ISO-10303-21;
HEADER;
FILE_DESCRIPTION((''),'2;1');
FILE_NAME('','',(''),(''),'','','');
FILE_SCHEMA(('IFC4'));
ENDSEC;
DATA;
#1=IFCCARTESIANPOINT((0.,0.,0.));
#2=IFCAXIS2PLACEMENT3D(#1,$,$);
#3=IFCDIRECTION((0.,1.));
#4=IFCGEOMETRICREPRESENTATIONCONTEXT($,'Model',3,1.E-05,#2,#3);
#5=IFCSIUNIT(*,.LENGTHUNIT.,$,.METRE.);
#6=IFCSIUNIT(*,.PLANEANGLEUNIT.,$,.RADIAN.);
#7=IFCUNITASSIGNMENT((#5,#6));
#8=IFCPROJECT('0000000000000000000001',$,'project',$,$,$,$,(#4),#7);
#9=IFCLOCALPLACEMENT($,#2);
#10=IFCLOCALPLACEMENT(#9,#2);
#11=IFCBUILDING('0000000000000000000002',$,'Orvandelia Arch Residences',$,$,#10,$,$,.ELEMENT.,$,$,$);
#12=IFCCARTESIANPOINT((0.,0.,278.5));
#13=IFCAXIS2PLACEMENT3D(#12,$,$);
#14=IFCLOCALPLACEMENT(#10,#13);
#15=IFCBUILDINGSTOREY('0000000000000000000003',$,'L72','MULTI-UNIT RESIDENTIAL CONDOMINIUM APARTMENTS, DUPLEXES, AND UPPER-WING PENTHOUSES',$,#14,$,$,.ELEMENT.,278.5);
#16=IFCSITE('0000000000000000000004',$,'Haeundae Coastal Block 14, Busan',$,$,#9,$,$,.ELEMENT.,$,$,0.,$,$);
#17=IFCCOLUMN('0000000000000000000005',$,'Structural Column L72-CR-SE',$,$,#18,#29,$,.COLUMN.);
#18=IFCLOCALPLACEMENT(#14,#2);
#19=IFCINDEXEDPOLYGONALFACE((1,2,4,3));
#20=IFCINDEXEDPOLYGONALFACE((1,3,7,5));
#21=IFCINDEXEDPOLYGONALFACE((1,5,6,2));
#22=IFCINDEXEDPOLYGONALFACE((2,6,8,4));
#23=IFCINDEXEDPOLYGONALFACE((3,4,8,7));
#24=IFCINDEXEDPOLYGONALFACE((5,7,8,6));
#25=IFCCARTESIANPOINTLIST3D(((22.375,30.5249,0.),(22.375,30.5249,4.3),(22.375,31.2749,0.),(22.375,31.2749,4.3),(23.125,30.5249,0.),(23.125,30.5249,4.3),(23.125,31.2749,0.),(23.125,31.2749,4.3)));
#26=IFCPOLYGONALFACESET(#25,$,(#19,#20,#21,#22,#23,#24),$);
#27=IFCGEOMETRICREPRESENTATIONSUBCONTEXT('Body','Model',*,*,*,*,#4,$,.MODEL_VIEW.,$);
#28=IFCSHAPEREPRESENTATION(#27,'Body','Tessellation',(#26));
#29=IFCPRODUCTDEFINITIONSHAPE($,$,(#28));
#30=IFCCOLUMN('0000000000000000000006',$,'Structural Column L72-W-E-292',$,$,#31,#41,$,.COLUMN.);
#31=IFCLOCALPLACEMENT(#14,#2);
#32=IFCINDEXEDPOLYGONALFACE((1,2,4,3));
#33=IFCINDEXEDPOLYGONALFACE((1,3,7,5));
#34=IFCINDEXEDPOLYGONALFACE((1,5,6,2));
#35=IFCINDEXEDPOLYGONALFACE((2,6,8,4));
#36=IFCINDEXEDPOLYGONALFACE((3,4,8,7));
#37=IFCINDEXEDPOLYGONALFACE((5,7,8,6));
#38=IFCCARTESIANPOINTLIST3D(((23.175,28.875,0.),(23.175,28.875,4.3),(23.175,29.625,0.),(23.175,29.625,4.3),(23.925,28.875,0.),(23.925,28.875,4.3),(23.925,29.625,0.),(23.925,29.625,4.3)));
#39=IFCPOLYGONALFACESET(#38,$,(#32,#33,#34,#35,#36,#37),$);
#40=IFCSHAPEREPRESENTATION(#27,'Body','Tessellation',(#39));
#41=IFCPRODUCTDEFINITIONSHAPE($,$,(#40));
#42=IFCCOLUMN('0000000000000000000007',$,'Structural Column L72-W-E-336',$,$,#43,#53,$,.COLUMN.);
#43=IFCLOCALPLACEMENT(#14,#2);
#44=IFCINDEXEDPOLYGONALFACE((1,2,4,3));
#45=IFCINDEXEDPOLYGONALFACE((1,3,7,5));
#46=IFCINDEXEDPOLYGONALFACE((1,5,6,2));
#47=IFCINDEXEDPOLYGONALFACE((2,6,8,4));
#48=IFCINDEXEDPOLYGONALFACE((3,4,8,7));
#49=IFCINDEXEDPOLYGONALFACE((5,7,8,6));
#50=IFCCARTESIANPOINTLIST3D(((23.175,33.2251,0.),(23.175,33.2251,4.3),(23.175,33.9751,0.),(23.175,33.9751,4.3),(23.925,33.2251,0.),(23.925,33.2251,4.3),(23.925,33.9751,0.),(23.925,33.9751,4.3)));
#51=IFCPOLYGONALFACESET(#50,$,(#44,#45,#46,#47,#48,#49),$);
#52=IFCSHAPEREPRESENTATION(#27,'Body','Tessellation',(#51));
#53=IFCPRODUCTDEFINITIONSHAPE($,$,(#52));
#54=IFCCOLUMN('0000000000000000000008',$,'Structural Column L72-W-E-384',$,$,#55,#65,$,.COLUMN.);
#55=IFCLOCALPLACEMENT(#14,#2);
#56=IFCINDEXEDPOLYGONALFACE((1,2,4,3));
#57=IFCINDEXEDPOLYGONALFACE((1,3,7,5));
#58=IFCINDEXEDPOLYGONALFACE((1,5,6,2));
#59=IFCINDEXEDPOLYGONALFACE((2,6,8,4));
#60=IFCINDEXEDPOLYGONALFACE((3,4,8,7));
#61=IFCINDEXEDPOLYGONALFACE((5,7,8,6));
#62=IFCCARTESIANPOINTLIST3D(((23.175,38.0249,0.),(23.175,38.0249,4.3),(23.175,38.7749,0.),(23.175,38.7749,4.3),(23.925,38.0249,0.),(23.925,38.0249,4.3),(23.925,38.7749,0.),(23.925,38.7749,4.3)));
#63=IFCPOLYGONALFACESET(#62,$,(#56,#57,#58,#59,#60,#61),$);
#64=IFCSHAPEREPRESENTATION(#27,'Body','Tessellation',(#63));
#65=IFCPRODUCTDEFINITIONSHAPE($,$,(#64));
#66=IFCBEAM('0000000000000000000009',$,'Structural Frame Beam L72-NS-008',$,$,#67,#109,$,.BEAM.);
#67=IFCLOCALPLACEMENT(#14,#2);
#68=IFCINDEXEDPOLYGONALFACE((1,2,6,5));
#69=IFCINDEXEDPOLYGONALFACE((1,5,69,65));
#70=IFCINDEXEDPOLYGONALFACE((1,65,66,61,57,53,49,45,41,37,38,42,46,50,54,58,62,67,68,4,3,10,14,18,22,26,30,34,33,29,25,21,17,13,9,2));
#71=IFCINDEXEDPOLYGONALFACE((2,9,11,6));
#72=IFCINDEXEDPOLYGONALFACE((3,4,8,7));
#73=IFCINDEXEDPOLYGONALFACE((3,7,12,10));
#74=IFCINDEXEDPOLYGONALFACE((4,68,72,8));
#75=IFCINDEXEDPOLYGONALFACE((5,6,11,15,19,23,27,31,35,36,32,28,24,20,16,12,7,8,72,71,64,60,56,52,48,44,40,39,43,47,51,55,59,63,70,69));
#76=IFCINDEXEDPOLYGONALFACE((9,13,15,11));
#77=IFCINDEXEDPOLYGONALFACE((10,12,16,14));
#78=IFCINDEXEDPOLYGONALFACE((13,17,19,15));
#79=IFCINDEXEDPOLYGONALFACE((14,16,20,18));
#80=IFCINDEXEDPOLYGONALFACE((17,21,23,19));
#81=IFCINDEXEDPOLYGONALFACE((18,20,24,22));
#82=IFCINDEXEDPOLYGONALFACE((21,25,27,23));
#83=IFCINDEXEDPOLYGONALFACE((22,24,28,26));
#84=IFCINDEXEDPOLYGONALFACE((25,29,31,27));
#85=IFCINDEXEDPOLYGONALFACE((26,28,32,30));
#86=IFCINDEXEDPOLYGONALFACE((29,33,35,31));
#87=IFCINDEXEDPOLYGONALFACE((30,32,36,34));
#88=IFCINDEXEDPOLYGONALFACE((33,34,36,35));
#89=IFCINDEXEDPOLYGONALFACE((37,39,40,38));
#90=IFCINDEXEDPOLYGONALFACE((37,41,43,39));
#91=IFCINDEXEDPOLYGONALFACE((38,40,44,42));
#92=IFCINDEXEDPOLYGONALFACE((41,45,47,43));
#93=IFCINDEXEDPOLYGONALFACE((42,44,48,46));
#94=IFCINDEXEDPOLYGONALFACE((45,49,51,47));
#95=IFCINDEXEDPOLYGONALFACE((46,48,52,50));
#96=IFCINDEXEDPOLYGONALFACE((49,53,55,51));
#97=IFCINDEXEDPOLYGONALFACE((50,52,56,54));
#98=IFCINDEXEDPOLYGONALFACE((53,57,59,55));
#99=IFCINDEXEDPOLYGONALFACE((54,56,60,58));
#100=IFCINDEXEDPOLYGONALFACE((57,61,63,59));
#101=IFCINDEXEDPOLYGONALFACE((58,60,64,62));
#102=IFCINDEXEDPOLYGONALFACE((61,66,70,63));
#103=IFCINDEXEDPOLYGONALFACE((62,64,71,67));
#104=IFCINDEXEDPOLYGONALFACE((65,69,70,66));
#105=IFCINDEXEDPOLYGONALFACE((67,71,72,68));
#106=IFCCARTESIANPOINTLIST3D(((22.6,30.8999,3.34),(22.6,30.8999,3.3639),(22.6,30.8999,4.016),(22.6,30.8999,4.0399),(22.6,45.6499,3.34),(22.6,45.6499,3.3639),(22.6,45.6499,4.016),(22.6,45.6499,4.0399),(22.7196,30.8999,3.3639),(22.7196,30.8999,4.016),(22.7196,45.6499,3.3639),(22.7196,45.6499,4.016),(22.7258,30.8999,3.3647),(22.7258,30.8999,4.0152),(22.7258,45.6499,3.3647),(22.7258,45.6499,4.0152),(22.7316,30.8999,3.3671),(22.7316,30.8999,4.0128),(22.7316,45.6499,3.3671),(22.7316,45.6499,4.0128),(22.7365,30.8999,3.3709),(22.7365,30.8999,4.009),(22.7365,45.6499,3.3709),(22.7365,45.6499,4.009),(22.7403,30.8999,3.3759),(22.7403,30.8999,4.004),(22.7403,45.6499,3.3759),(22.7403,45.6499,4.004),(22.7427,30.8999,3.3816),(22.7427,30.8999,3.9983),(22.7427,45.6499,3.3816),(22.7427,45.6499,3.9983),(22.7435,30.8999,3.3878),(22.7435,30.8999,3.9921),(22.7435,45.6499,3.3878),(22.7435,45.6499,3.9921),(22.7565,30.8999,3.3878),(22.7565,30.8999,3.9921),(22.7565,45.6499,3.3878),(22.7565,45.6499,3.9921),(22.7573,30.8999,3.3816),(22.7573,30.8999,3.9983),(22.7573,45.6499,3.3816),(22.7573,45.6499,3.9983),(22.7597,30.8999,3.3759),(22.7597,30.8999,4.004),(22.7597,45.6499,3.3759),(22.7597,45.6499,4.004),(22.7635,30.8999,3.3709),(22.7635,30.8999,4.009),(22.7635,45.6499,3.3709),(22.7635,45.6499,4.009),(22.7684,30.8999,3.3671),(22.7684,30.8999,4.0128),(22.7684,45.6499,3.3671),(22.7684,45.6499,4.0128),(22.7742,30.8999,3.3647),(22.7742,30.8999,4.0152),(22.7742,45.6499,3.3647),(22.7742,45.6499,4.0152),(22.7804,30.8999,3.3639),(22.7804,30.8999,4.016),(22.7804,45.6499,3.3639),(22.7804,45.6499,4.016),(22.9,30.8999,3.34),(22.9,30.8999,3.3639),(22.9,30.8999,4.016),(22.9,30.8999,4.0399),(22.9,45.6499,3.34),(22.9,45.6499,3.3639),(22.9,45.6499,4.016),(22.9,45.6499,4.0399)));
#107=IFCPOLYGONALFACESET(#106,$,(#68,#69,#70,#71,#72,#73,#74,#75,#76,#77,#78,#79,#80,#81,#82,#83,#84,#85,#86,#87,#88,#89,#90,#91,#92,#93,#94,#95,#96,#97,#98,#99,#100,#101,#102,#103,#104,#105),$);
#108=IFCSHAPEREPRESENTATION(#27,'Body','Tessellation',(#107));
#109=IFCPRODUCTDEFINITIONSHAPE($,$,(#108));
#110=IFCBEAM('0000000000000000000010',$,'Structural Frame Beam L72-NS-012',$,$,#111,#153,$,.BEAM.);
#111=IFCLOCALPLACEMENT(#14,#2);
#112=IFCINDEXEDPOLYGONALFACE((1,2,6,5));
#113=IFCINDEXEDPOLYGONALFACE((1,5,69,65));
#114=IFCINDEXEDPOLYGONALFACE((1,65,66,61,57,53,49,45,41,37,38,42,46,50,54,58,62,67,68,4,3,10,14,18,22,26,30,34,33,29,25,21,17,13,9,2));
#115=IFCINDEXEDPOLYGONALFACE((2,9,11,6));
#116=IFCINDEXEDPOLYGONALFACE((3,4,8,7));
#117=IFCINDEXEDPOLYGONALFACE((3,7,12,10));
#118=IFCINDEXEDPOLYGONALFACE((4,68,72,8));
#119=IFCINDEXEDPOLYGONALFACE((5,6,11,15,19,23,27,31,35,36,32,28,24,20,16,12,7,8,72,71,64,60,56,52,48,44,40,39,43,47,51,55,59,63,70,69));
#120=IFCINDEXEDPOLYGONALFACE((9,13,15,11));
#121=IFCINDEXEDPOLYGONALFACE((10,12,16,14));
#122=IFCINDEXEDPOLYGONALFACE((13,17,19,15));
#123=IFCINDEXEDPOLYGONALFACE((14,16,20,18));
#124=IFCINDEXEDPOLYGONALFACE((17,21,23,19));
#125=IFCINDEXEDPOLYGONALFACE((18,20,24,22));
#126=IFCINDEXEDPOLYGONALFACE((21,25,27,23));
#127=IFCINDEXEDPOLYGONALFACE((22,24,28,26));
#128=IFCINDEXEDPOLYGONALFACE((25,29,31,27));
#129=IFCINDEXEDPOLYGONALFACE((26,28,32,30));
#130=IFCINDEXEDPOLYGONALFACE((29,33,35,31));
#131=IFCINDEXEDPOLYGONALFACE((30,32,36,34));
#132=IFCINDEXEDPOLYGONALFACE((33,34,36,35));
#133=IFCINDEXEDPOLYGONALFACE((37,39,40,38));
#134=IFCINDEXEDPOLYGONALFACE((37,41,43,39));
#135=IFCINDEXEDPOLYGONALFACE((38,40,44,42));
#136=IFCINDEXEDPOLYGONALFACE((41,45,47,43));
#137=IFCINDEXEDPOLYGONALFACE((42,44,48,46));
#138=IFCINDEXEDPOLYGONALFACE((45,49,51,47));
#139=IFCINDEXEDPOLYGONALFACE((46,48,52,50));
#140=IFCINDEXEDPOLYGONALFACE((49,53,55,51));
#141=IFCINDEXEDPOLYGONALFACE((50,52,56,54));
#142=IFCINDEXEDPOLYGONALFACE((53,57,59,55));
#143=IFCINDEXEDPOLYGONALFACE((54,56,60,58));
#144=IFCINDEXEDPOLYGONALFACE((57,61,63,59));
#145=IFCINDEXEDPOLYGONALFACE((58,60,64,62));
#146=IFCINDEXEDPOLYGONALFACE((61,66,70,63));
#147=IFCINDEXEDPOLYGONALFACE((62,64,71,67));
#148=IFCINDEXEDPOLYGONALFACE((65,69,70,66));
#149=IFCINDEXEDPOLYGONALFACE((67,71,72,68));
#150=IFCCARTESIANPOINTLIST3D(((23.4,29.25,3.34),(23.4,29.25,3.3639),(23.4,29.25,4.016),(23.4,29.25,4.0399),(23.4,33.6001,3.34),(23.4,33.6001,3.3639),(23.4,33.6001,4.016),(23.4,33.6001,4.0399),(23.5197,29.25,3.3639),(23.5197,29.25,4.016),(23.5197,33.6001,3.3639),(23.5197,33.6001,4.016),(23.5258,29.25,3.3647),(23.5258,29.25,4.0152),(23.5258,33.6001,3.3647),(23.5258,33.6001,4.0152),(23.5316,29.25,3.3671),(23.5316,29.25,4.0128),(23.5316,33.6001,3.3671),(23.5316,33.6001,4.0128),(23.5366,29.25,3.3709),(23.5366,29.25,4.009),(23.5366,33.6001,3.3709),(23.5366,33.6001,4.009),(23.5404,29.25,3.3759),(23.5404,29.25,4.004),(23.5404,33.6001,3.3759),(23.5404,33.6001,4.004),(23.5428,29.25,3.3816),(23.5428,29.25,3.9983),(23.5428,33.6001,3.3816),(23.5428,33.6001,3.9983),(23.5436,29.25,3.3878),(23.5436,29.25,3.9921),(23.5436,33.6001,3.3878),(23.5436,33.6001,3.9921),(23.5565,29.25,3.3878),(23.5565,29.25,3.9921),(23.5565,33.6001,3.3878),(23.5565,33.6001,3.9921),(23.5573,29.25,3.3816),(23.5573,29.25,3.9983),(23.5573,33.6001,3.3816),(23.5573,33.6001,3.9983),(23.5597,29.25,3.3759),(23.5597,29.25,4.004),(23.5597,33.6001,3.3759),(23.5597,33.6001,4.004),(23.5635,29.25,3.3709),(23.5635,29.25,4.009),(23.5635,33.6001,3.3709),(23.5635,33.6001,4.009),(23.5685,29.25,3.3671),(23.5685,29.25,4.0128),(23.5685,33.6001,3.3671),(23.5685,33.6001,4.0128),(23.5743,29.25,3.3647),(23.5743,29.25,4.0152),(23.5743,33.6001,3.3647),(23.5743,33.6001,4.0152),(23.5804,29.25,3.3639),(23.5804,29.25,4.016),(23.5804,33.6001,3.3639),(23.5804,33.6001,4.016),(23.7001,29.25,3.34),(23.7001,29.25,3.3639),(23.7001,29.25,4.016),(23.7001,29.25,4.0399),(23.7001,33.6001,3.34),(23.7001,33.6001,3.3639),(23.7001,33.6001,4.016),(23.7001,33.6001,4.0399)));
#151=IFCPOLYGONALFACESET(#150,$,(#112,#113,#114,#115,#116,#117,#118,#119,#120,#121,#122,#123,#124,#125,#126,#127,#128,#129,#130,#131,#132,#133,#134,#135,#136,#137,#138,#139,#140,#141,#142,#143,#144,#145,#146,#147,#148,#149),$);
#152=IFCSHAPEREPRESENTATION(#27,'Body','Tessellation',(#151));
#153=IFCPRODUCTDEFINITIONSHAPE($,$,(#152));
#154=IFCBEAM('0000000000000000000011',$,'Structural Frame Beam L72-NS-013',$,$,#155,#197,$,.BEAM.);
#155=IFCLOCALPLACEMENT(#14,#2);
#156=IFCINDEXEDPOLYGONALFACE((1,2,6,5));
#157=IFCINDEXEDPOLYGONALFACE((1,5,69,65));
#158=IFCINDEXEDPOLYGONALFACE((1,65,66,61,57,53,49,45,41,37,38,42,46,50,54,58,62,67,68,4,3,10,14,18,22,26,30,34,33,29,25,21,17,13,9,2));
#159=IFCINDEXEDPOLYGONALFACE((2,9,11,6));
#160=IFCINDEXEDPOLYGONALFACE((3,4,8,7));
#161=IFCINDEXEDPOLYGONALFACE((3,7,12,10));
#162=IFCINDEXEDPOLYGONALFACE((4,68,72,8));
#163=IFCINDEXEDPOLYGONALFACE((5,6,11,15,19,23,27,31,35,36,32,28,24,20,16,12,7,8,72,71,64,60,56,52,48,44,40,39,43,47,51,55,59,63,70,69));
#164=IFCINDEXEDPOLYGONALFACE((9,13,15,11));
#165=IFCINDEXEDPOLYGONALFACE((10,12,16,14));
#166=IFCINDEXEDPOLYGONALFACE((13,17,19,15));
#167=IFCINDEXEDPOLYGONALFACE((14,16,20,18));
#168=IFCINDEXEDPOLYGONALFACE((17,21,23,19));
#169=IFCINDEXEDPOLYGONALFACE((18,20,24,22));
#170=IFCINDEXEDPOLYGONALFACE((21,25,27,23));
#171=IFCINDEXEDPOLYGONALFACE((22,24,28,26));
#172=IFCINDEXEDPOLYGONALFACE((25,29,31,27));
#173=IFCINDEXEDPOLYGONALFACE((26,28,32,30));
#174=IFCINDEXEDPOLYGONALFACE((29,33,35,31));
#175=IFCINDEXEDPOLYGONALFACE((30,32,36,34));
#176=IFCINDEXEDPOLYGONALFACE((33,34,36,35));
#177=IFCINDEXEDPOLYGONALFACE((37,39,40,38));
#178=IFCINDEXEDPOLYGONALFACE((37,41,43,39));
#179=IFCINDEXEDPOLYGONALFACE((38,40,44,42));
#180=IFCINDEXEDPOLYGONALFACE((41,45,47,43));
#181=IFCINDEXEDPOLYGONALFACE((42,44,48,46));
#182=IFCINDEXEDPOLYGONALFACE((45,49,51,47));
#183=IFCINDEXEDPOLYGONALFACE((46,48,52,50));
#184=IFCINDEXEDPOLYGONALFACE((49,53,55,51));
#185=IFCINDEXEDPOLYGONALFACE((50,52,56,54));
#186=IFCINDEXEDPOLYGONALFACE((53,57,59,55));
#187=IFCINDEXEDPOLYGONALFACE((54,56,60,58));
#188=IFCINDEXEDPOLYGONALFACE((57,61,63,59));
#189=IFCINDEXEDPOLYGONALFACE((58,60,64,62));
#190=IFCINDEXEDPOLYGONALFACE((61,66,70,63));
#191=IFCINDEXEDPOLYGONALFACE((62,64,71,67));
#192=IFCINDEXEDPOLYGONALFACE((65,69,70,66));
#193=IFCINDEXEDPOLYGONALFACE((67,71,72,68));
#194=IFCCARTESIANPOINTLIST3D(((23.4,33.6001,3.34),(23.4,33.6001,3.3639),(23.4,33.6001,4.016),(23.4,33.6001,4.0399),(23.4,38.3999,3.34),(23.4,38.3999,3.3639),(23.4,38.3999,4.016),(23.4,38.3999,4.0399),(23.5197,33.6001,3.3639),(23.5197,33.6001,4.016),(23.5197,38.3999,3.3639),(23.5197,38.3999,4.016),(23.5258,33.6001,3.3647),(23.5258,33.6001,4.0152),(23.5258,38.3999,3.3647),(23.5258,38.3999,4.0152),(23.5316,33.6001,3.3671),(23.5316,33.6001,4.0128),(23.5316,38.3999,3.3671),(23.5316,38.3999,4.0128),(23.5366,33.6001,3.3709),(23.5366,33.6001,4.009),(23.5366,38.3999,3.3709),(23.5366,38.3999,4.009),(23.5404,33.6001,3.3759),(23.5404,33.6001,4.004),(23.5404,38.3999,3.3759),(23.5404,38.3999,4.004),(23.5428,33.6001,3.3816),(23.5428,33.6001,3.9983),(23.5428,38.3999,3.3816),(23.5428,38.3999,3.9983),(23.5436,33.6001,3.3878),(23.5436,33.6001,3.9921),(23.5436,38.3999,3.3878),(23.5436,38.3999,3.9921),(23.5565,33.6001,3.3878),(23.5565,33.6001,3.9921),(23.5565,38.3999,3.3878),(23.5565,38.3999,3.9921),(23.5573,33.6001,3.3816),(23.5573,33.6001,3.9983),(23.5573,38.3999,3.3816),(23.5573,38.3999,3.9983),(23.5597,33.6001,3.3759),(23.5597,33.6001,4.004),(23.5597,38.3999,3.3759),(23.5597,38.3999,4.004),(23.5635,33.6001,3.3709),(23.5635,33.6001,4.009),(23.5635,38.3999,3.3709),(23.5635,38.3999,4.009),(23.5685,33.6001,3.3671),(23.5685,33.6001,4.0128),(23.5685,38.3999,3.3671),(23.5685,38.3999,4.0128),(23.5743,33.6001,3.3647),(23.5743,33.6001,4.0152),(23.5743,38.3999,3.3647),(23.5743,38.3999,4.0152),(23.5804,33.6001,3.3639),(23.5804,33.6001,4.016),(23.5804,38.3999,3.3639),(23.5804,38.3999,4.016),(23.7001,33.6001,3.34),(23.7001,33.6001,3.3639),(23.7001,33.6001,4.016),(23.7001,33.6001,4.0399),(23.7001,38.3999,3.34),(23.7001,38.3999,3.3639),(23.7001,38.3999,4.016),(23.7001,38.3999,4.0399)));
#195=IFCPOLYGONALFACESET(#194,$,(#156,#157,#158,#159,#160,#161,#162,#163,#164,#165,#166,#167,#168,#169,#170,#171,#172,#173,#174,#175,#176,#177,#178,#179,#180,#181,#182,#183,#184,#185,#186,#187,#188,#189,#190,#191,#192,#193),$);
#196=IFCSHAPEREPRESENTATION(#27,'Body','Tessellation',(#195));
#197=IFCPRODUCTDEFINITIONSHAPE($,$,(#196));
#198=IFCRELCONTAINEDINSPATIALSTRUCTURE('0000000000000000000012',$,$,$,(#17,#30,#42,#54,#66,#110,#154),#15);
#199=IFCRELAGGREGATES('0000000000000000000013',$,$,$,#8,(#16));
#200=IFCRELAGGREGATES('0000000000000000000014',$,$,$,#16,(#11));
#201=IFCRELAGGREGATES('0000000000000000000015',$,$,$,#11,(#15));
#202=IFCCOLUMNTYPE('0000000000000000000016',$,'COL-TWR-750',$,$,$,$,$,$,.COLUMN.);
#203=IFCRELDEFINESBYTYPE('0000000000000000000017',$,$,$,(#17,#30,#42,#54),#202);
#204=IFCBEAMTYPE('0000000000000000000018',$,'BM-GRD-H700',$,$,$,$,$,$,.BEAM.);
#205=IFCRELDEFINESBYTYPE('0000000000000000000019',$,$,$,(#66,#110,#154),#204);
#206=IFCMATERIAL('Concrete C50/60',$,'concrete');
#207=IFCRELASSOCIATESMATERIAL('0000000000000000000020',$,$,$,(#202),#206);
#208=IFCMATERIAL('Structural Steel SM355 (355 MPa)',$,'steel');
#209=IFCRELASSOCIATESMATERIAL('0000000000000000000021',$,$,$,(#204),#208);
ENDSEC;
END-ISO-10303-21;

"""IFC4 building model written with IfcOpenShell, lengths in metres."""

from ifc_helpers import new_model, si_unit, direction, frame, origin, origin_2d, place, context, subcontext, project, spatial, rectangle, i_section, extrude, material, material_profile, profile_set, type_object, element, save


model = new_model("IFC4")

# Units and contexts
model_context = context("Model", 3, precision=1e-05, world=origin(), true_north=direction((0.0, 1.0)))
body_context = subcontext(model_context, "Body", "Model", "MODEL_VIEW")
ifc_project = project(units=[si_unit("LENGTHUNIT", "METRE"), si_unit("PLANEANGLEUNIT", "RADIAN")], contexts=[model_context])

# Site, building, storey
site_placement = place(None, origin())
site = spatial("IfcSite", under=ifc_project, at=site_placement, Name="Haeundae Coastal Block 14, Busan", CompositionType="ELEMENT", RefElevation=0.0)
building_placement = place(site_placement, origin())
building = spatial("IfcBuilding", under=site, at=building_placement, Name="Orvandelia Arch Residences", CompositionType="ELEMENT")
storey_placement = place(building_placement, frame((0.0, 0.0, 278.5)))
storey = spatial("IfcBuildingStorey", under=building, at=storey_placement, Name="L72", Description="MULTI-UNIT RESIDENTIAL CONDOMINIUM APARTMENTS, DUPLEXES, AND UPPER-WING PENTHOUSES", CompositionType="ELEMENT", Elevation=278.5)

# Columns
ifc_material_1 = material(Name="Concrete C50/60", Category="concrete")
ifc_material_profile_1 = material_profile(ifc_material_1, rectangle(XDim=0.75, YDim=0.75, at=origin_2d()), Name="Concrete C50/60", Category="concrete")
ifc_profile_set_1 = profile_set([ifc_material_profile_1], Name="Concrete C50/60")
column_type = type_object("IfcColumnType", Name="COL-TWR-750", PredefinedType="COLUMN", material=ifc_profile_set_1)
for number, where, z_axis, x_axis, name in (
    (1, (22.75, 30.8999, 0.0), (0.0, 0.0, 1.0), (1.0, 0.0, 0.0), "Structural Column L72-CR-SE"),
    (2, (23.55, 29.25, 0.0), (0.0, 0.0, 1.0), (1.0, 0.0, 0.0), "Structural Column L72-W-E-292"),
    (3, (23.55, 33.6001, 0.0), (0.0, 0.0, 1.0), (1.0, 0.0, 0.0), "Structural Column L72-W-E-336"),
    (4, (23.55, 38.3999, 0.0), (0.0, 0.0, 1.0), (1.0, 0.0, 0.0), "Structural Column L72-W-E-384"),
):
    element("IfcColumn", number, at=place(storey_placement, frame(where, z_axis=z_axis, x_axis=x_axis)), inside=storey, type_object=column_type, Name=name, PredefinedType="COLUMN", context=body_context, shape_type="SweptSolid", body=[
        extrude(rectangle(XDim=0.75, YDim=0.75, at=origin_2d()), origin(), (0.0, 0.0, 1.0), 4.3),
    ])

# Beams
ifc_material_2 = material(Name="Structural Steel SM355 (355 MPa)", Category="steel")
ifc_material_profile_2 = material_profile(ifc_material_2, i_section(OverallWidth=0.3, OverallDepth=0.7, WebThickness=0.0129, FlangeThickness=0.0239, FilletRadius=0.0239, at=origin_2d()), Name="Structural Steel SM355 (355 MPa)", Category="steel")
ifc_profile_set_2 = profile_set([ifc_material_profile_2], Name="Structural Steel SM355 (355 MPa)")
beam_type = type_object("IfcBeamType", Name="BM-GRD-H700", PredefinedType="BEAM", material=ifc_profile_set_2)
beam_1_placement = place(storey_placement, frame((22.75, 30.8999, 3.6899), z_axis=(0.0, 1.0, 0.0), x_axis=(-1.0, 0.0, 0.0)))
element("IfcBeam", 5, at=beam_1_placement, inside=storey, type_object=beam_type, Name="Structural Frame Beam L72-NS-008", PredefinedType="BEAM", context=body_context, shape_type="SweptSolid", body=[
    extrude(i_section(OverallWidth=0.3, OverallDepth=0.7, WebThickness=0.0129, FlangeThickness=0.0239, FilletRadius=0.0239, at=origin_2d()), origin(), (0.0, 0.0, 1.0), 14.75),
])
beam_2_placement = place(storey_placement, frame((23.55, 29.25, 3.6899), z_axis=(0.0, 1.0, 0.0), x_axis=(-1.0, 0.0, 0.0)))
element("IfcBeam", 6, at=beam_2_placement, inside=storey, type_object=beam_type, Name="Structural Frame Beam L72-NS-012", PredefinedType="BEAM", context=body_context, shape_type="SweptSolid", body=[
    extrude(i_section(OverallWidth=0.3, OverallDepth=0.7, WebThickness=0.0129, FlangeThickness=0.0239, FilletRadius=0.0239, at=origin_2d()), origin(), (0.0, 0.0, 1.0), 4.3501),
])
beam_3_placement = place(storey_placement, frame((23.55, 33.6001, 3.6899), z_axis=(0.0, 1.0, 0.0), x_axis=(-1.0, 0.0, 0.0)))
element("IfcBeam", 7, at=beam_3_placement, inside=storey, type_object=beam_type, Name="Structural Frame Beam L72-NS-013", PredefinedType="BEAM", context=body_context, shape_type="SweptSolid", body=[
    extrude(i_section(OverallWidth=0.3, OverallDepth=0.7, WebThickness=0.0129, FlangeThickness=0.0239, FilletRadius=0.0239, at=origin_2d()), origin(), (0.0, 0.0, 1.0), 4.7998),
])

save(model, "model.ifc")
